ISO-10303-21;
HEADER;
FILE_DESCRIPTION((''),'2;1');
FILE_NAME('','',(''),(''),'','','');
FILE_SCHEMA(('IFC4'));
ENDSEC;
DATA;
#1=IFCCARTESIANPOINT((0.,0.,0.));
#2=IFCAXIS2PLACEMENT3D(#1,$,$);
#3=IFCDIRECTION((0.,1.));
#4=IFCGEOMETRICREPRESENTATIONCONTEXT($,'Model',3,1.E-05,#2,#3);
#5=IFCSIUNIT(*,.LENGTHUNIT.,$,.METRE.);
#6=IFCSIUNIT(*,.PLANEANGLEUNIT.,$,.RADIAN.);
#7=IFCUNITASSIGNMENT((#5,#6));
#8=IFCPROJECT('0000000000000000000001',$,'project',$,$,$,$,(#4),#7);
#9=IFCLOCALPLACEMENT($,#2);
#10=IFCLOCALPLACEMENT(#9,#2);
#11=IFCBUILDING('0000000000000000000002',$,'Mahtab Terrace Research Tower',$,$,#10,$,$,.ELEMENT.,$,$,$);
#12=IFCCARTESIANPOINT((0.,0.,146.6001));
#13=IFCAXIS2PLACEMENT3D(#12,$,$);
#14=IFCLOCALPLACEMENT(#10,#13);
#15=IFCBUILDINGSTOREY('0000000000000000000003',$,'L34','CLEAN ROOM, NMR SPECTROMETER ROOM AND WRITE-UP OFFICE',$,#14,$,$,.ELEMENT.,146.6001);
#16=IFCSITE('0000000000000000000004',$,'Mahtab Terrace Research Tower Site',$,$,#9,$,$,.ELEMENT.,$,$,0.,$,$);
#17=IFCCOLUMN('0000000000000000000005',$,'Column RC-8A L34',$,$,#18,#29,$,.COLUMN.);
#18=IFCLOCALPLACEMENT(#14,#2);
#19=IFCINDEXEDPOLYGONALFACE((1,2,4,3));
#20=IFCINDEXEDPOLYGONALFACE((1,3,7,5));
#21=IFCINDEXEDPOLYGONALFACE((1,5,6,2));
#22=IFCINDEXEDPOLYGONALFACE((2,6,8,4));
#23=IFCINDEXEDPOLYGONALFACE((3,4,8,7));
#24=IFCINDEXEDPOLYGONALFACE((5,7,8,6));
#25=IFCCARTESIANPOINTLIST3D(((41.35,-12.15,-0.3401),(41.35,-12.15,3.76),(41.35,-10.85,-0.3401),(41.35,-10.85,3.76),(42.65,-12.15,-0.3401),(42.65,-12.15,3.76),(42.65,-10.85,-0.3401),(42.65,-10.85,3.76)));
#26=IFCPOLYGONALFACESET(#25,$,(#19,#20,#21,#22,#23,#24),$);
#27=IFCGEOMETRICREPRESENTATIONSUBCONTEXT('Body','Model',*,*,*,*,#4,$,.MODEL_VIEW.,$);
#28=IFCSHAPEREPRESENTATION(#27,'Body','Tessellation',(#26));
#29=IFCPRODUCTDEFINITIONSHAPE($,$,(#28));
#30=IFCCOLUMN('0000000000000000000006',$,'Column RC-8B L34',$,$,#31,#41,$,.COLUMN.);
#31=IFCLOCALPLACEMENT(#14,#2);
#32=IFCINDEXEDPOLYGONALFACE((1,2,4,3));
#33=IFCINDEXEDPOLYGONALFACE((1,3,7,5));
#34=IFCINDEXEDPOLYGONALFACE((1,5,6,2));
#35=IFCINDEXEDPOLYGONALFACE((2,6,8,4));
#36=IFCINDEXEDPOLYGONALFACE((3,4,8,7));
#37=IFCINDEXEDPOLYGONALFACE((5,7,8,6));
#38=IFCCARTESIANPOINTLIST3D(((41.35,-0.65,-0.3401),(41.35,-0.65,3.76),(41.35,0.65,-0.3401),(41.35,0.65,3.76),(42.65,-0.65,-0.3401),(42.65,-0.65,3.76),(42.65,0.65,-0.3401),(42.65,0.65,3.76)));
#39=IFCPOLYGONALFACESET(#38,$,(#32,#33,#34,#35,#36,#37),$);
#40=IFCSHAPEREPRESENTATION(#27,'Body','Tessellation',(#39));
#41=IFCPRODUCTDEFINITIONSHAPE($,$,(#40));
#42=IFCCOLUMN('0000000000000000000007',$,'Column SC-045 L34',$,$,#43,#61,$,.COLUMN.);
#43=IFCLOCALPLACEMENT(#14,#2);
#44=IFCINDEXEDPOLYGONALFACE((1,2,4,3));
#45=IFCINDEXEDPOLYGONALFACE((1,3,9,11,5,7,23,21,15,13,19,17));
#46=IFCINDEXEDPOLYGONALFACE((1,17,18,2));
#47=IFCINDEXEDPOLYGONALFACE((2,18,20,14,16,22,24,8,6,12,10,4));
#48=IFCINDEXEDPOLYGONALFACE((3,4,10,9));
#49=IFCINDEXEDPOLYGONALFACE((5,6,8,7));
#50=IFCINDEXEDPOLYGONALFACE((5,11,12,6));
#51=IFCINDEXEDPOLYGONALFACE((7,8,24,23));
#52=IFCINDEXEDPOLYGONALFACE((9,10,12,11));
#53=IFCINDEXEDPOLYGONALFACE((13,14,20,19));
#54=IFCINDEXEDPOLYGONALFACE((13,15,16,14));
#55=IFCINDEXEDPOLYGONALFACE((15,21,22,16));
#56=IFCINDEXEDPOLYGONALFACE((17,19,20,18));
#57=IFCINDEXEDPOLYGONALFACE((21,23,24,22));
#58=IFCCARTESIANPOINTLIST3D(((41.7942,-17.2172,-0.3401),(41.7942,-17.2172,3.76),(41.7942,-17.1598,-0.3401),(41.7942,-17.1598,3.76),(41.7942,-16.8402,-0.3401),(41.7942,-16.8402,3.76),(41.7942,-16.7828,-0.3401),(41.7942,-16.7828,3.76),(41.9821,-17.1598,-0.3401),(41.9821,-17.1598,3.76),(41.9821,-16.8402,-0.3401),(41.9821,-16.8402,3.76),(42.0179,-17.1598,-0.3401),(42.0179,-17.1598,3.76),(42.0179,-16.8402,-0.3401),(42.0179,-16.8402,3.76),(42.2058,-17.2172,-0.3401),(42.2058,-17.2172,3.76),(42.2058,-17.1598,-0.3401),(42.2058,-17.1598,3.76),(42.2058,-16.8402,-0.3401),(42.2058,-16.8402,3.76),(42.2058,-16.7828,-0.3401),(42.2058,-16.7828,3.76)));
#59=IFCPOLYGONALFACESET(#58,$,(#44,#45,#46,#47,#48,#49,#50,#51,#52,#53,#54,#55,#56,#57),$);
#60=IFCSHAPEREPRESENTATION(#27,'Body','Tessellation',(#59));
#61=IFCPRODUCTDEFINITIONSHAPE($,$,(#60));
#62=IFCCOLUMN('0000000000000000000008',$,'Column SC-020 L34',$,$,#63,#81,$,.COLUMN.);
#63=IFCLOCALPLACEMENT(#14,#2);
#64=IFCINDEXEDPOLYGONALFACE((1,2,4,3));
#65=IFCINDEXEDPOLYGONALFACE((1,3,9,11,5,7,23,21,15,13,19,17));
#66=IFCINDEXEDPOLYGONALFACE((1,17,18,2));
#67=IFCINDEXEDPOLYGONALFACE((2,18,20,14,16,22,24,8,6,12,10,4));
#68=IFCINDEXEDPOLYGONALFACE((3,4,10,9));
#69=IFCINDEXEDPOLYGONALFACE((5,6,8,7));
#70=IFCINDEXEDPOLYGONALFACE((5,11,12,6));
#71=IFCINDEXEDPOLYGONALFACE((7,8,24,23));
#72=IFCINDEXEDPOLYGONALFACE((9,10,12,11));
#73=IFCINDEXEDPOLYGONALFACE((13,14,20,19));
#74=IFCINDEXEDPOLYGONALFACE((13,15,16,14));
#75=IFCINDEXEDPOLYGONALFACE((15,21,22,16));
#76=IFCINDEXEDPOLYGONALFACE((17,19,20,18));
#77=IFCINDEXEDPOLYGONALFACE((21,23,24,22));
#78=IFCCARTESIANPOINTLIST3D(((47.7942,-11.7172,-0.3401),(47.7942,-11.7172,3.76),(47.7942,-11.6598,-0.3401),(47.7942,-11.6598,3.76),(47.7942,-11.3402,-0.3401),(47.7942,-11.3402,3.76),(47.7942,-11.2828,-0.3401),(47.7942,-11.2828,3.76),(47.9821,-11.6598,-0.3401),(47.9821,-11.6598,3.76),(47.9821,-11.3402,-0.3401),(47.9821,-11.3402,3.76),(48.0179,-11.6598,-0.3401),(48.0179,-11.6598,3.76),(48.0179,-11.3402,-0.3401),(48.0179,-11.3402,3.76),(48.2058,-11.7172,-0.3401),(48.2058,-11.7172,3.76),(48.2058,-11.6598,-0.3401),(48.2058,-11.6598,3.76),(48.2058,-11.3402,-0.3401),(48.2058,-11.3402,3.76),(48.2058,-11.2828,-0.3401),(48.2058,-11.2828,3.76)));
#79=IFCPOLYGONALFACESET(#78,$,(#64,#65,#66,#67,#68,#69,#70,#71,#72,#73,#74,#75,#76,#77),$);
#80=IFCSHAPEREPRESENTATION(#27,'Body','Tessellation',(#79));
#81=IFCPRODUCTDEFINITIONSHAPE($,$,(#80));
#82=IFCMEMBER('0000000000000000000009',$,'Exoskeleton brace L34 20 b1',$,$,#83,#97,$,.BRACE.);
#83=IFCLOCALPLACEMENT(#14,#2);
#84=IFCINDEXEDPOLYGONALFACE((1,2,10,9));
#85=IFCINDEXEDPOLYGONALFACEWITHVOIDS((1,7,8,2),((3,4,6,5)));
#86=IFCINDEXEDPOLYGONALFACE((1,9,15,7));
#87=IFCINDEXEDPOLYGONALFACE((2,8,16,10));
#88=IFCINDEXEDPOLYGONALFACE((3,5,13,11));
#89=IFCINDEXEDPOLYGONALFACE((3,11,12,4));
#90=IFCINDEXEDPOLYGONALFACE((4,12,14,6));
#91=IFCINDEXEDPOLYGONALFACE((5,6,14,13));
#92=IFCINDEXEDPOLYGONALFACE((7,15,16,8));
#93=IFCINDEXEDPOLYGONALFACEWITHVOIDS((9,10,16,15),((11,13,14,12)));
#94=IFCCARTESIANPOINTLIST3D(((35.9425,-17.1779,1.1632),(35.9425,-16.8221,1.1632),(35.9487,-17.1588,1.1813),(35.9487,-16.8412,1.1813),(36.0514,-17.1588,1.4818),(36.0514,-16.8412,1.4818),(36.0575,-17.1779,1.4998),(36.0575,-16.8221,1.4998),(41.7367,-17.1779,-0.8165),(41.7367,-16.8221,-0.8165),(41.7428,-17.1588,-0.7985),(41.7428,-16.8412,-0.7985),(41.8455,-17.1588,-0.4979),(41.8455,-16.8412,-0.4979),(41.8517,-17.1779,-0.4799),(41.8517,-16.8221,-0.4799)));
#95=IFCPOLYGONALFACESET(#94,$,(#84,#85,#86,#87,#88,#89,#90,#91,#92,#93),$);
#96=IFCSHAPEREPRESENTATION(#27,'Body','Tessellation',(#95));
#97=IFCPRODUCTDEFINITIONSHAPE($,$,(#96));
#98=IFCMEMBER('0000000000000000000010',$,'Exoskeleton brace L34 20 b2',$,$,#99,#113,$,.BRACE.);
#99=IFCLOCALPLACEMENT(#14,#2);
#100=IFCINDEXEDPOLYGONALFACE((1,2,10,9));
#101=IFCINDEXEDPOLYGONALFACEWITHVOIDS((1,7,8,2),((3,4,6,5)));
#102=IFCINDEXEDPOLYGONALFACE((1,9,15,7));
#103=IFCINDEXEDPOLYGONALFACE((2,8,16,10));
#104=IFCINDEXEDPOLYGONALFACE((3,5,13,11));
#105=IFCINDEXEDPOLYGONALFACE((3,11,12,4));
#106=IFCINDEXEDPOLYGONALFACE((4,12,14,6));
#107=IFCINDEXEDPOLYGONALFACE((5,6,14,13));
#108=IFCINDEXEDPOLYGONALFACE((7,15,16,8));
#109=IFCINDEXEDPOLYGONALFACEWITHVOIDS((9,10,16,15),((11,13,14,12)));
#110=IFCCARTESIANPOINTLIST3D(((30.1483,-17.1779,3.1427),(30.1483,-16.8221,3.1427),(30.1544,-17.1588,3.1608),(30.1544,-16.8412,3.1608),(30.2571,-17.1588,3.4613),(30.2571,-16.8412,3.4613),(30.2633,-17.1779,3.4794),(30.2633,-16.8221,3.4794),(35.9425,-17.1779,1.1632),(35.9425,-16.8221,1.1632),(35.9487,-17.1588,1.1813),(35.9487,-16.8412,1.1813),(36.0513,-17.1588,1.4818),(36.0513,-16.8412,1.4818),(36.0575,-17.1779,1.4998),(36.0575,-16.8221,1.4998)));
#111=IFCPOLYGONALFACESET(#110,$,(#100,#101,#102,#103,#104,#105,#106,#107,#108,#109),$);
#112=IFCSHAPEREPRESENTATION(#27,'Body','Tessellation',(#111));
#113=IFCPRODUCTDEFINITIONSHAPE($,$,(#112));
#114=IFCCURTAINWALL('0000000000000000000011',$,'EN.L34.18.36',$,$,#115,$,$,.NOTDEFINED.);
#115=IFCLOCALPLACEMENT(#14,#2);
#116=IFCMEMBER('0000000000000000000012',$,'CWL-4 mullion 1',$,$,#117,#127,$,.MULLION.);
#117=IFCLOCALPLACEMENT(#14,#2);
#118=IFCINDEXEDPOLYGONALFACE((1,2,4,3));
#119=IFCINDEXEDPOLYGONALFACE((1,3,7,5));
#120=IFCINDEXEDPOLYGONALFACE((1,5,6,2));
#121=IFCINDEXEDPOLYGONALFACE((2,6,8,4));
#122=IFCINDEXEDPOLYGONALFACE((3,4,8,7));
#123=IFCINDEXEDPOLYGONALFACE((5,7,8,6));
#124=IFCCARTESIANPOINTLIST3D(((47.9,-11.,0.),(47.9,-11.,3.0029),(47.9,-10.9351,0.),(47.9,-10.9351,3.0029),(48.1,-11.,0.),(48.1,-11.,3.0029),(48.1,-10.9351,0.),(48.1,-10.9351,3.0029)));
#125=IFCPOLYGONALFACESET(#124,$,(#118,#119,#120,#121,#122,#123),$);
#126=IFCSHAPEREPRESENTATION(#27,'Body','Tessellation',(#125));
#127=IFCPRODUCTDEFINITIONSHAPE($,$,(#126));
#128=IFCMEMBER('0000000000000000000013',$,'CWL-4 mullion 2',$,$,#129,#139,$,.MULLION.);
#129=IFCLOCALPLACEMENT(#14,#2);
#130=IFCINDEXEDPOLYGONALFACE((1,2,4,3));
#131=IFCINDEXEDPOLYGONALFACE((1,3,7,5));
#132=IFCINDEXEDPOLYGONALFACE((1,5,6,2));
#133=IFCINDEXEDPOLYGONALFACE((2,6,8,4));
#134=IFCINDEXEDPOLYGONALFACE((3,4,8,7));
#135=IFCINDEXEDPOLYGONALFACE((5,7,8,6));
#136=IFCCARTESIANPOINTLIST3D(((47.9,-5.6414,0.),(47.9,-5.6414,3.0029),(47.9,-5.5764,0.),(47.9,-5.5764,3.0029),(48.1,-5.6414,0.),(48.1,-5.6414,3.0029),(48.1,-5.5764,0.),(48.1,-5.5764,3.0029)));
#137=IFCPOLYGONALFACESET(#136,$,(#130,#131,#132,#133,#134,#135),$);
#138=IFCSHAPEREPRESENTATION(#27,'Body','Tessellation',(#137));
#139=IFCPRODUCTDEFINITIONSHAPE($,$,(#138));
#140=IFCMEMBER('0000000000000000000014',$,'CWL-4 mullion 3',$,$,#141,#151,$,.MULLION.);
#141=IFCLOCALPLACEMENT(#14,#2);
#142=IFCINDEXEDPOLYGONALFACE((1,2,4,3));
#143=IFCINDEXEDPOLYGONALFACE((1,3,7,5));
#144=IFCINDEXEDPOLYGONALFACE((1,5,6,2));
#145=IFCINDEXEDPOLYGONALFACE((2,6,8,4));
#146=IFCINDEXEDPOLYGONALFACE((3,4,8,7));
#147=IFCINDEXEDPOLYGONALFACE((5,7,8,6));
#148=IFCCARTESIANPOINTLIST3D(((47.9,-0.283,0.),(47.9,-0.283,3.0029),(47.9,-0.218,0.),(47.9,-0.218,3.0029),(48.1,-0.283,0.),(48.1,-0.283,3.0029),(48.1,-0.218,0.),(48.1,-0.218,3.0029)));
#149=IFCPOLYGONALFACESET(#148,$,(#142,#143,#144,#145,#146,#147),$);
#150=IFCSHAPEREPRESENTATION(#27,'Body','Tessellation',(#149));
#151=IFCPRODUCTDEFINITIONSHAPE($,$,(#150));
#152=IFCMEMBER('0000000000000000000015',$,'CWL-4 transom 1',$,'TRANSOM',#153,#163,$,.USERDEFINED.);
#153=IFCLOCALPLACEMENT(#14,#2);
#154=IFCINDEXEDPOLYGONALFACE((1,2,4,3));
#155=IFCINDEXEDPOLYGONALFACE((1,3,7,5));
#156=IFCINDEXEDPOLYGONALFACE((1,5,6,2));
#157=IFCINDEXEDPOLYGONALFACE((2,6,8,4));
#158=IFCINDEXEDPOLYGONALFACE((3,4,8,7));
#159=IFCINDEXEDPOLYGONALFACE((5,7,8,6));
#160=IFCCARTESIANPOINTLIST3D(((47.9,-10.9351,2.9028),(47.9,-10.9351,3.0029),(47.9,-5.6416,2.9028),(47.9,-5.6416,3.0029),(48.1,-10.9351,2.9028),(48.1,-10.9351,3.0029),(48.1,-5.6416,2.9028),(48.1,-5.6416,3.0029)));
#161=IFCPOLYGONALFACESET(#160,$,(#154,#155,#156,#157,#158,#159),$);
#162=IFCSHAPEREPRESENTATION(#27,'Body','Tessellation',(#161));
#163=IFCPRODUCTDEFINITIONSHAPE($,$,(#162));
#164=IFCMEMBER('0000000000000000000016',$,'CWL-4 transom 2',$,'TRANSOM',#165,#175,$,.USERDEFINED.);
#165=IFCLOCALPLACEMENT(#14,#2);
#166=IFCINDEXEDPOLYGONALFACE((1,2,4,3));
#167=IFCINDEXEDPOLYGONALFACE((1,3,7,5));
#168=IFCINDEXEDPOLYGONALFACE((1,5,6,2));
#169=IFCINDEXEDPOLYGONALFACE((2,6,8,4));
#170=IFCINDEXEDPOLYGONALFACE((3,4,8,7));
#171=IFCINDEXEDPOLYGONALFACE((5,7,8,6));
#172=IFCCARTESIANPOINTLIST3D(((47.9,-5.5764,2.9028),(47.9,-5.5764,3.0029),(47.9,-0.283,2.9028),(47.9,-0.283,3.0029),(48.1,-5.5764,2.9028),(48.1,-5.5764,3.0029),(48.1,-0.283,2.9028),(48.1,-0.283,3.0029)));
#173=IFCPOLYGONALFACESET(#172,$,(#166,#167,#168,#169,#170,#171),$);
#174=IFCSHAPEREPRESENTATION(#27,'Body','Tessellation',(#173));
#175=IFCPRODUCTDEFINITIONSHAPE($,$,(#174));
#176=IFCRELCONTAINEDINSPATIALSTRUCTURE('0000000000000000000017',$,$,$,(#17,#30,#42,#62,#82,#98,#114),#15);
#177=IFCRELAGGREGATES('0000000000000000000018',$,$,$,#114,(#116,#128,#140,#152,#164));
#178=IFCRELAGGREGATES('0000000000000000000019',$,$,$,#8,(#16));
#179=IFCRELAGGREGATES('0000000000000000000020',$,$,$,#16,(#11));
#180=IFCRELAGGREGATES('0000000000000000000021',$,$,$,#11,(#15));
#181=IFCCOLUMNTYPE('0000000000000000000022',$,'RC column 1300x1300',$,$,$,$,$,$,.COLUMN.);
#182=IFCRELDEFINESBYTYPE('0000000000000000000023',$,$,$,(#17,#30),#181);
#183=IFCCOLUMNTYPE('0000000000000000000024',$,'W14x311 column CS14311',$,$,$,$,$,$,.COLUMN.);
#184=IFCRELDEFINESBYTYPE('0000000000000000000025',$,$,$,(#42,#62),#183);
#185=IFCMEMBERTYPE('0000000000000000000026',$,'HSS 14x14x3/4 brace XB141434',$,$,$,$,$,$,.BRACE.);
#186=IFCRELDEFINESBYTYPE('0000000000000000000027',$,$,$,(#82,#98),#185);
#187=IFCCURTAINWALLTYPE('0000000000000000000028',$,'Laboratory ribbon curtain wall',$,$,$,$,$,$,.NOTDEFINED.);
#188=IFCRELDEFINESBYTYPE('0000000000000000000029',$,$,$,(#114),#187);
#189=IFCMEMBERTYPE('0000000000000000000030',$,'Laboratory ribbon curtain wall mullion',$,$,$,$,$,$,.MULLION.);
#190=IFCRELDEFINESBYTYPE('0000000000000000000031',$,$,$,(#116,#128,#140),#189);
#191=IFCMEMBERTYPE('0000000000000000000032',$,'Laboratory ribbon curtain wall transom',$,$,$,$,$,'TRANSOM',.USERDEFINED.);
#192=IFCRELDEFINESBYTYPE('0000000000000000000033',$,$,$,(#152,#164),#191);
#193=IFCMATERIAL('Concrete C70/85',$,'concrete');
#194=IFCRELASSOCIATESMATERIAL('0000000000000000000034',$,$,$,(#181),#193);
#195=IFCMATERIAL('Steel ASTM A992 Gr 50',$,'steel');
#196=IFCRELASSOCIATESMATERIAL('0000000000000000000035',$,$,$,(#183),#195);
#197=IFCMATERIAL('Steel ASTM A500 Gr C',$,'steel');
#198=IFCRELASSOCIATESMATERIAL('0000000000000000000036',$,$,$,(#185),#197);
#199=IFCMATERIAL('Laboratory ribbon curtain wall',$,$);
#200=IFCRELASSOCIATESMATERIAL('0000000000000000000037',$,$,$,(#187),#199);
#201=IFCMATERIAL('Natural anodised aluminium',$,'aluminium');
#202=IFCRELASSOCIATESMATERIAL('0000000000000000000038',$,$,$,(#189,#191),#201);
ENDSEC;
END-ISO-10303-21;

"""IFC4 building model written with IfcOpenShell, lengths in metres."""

from ifc_helpers import new_model, si_unit, direction, frame, origin, origin_2d, place, context, subcontext, project, spatial, rectangle, hollow_rectangle, i_section, extrude, material, material_profile, profile_set, type_object, element, aggregate, save


model = new_model("IFC4")

# Units and contexts
model_context = context("Model", 3, precision=1e-05, world=origin(), true_north=direction((0.0, 1.0)))
body_context = subcontext(model_context, "Body", "Model", "MODEL_VIEW")
ifc_project = project(units=[si_unit("LENGTHUNIT", "METRE"), si_unit("PLANEANGLEUNIT", "RADIAN")], contexts=[model_context])

# Site, building, storey
site_placement = place(None, origin())
site = spatial("IfcSite", under=ifc_project, at=site_placement, Name="Mahtab Terrace Research Tower Site", CompositionType="ELEMENT", RefElevation=0.0)
building_placement = place(site_placement, origin())
building = spatial("IfcBuilding", under=site, at=building_placement, Name="Mahtab Terrace Research Tower", CompositionType="ELEMENT")
storey_placement = place(building_placement, frame((0.0, 0.0, 146.6001)))
storey = spatial("IfcBuildingStorey", under=building, at=storey_placement, Name="L34", Description="CLEAN ROOM, NMR SPECTROMETER ROOM AND WRITE-UP OFFICE", CompositionType="ELEMENT", Elevation=146.6001)

# Columns
ifc_material_1 = material(Name="Concrete C70/85", Category="concrete")
ifc_material_profile_1 = material_profile(ifc_material_1, rectangle(XDim=1.3, YDim=1.3, at=origin_2d()), Name="RC column 1300x1300")
ifc_profile_set_1 = profile_set([ifc_material_profile_1], Name="Concrete C70/85")
column_type_1 = type_object("IfcColumnType", Name="RC column 1300x1300", PredefinedType="COLUMN", material=ifc_profile_set_1)
for number, where, z_axis, x_axis, name in (
    (1, (42.0, -11.5, -0.3401), (0.0, 0.0, 1.0), (1.0, 0.0, 0.0), "Column RC-8A L34"),
    (2, (42.0, 0.0, -0.3401), (0.0, 0.0, 1.0), (1.0, 0.0, 0.0), "Column RC-8B L34"),
):
    element("IfcColumn", number, at=place(storey_placement, frame(where, z_axis=z_axis, x_axis=x_axis)), inside=storey, type_object=column_type_1, Name=name, PredefinedType="COLUMN", context=body_context, shape_type="SweptSolid", body=[
        extrude(rectangle(XDim=1.3, YDim=1.3, at=origin_2d()), origin(), (0.0, 0.0, 1.0), 4.1001),
    ])
ifc_material_2 = material(Name="Steel ASTM A992 Gr 50", Category="steel")
ifc_material_profile_2 = material_profile(ifc_material_2, i_section(OverallWidth=0.4116, OverallDepth=0.4343, WebThickness=0.0359, FlangeThickness=0.0574, at=origin_2d()), Name="W14X311")
ifc_profile_set_2 = profile_set([ifc_material_profile_2], Name="Steel ASTM A992 Gr 50")
column_type_2 = type_object("IfcColumnType", Name="W14x311 column CS14311", PredefinedType="COLUMN", material=ifc_profile_set_2)
for number, where, z_axis, x_axis, name in (
    (3, (42.0, -17.0, -0.3401), (0.0, 0.0, 1.0), (1.0, 0.0, 0.0), "Column SC-045 L34"),
    (4, (48.0, -11.5, -0.3401), (0.0, 0.0, 1.0), (1.0, 0.0, 0.0), "Column SC-020 L34"),
):
    element("IfcColumn", number, at=place(storey_placement, frame(where, z_axis=z_axis, x_axis=x_axis)), inside=storey, type_object=column_type_2, Name=name, PredefinedType="COLUMN", context=body_context, shape_type="SweptSolid", body=[
        extrude(i_section(OverallWidth=0.4116, OverallDepth=0.4343, WebThickness=0.0359, FlangeThickness=0.0574, at=origin_2d()), origin(), (0.0, 0.0, 1.0), 4.1001),
    ])

# Members
ifc_material_3 = material(Name="Steel ASTM A500 Gr C", Category="steel")
ifc_material_profile_3 = material_profile(ifc_material_3, hollow_rectangle(XDim=0.3557, YDim=0.3557, WallThickness=0.019, at=origin_2d()), Name="HSS14X14X3/4")
ifc_profile_set_3 = profile_set([ifc_material_profile_3], Name="Steel ASTM A500 Gr C")
member_type_1 = type_object("IfcMemberType", Name="HSS 14x14x3/4 brace XB141434", PredefinedType="BRACE", material=ifc_profile_set_3)
for number, where, z_axis, x_axis, name in (
    (5, (41.7942, -17.0, -0.6482), (-0.946288, 0.0, 0.323324), (0.0, -1.0, 0.0), "Exoskeleton brace L34 20 b1"),
    (6, (36.0, -17.0, 1.3315), (-0.9463, 0.0, 0.323288), (0.0, -1.0, 0.0), "Exoskeleton brace L34 20 b2"),
):
    element("IfcMember", number, at=place(storey_placement, frame(where, z_axis=z_axis, x_axis=x_axis)), inside=storey, type_object=member_type_1, Name=name, PredefinedType="BRACE", context=body_context, shape_type="SweptSolid", body=[
        extrude(hollow_rectangle(XDim=0.3557, YDim=0.3557, WallThickness=0.019, at=origin_2d()), origin(), (0.0, 0.0, 1.0), 6.123),
    ])

# Curtain wall, members
ifc_material_4 = material(Name="Laboratory ribbon curtain wall")
curtain_wall_type = type_object("IfcCurtainWallType", Name="Laboratory ribbon curtain wall", PredefinedType="NOTDEFINED", material=ifc_material_4)
curtain_wall_placement = place(storey_placement, origin())
curtain_wall = element("IfcCurtainWall", 7, at=curtain_wall_placement, inside=storey, type_object=curtain_wall_type, Name="EN.L34.18.36", PredefinedType="NOTDEFINED")
ifc_material_5 = material(Name="Natural anodised aluminium", Category="aluminium")
ifc_material_profile_4 = material_profile(ifc_material_5, rectangle(XDim=0.2, YDim=0.0649, at=origin_2d()), Name="MULLION 65x200")
ifc_profile_set_4 = profile_set([ifc_material_profile_4], Name="Natural anodised aluminium")
member_type_2 = type_object("IfcMemberType", Name="Laboratory ribbon curtain wall mullion", PredefinedType="MULLION", material=ifc_profile_set_4)
member_1_placement = place(storey_placement, frame((48.0, -10.9675, 0.0), z_axis=(0.0, 0.0, 1.0), x_axis=(-1.0, 0.0, 0.0)))
member_1 = element("IfcMember", 8, at=member_1_placement, type_object=member_type_2, Name="CWL-4 mullion 1", PredefinedType="MULLION", context=body_context, shape_type="SweptSolid", body=[
    extrude(rectangle(XDim=0.2, YDim=0.0649, at=origin_2d()), origin(), (0.0, 0.0, 1.0), 3.0029),
])
member_2_placement = place(storey_placement, frame((48.0, -5.6089, 0.0), z_axis=(0.0, 0.0, 1.0), x_axis=(-1.0, 0.0, 0.0)))
member_2 = element("IfcMember", 9, at=member_2_placement, type_object=member_type_2, Name="CWL-4 mullion 2", PredefinedType="MULLION", context=body_context, shape_type="SweptSolid", body=[
    extrude(rectangle(XDim=0.2, YDim=0.0649, at=origin_2d()), origin(), (0.0, 0.0, 1.0), 3.0029),
])
member_3_placement = place(storey_placement, frame((48.0, -0.2505, 0.0), z_axis=(0.0, 0.0, 1.0), x_axis=(-1.0, 0.0, 0.0)))
member_3 = element("IfcMember", 10, at=member_3_placement, type_object=member_type_2, Name="CWL-4 mullion 3", PredefinedType="MULLION", context=body_context, shape_type="SweptSolid", body=[
    extrude(rectangle(XDim=0.2, YDim=0.0649, at=origin_2d()), origin(), (0.0, 0.0, 1.0), 3.0029),
])
ifc_material_profile_5 = material_profile(ifc_material_5, rectangle(XDim=0.2, YDim=0.1001, at=origin_2d()), Name="TRANSOM 100x200")
ifc_profile_set_5 = profile_set([ifc_material_profile_5], Name="Natural anodised aluminium")
member_type_3 = type_object("IfcMemberType", Name="Laboratory ribbon curtain wall transom", ElementType="TRANSOM", PredefinedType="USERDEFINED", material=ifc_profile_set_5)
member_4_placement = place(storey_placement, frame((48.0, -10.9351, 2.9529), z_axis=(0.0, 1.0, 0.0), x_axis=(-1.0, 0.0, 0.0)))
member_4 = element("IfcMember", 11, at=member_4_placement, type_object=member_type_3, Name="CWL-4 transom 1", ObjectType="TRANSOM", PredefinedType="USERDEFINED", context=body_context, shape_type="SweptSolid", body=[
    extrude(rectangle(XDim=0.2, YDim=0.1001, at=origin_2d()), origin(), (0.0, 0.0, 1.0), 5.2935),
])
member_5_placement = place(storey_placement, frame((48.0, -5.5764, 2.9529), z_axis=(0.0, 1.0, 0.0), x_axis=(-1.0, 0.0, 0.0)))
member_5 = element("IfcMember", 12, at=member_5_placement, type_object=member_type_3, Name="CWL-4 transom 2", ObjectType="TRANSOM", PredefinedType="USERDEFINED", context=body_context, shape_type="SweptSolid", body=[
    extrude(rectangle(XDim=0.2, YDim=0.1001, at=origin_2d()), origin(), (0.0, 0.0, 1.0), 5.2935),
])

aggregate(curtain_wall, [member_1, member_2, member_3, member_4, member_5])

save(model, "model.ifc")
